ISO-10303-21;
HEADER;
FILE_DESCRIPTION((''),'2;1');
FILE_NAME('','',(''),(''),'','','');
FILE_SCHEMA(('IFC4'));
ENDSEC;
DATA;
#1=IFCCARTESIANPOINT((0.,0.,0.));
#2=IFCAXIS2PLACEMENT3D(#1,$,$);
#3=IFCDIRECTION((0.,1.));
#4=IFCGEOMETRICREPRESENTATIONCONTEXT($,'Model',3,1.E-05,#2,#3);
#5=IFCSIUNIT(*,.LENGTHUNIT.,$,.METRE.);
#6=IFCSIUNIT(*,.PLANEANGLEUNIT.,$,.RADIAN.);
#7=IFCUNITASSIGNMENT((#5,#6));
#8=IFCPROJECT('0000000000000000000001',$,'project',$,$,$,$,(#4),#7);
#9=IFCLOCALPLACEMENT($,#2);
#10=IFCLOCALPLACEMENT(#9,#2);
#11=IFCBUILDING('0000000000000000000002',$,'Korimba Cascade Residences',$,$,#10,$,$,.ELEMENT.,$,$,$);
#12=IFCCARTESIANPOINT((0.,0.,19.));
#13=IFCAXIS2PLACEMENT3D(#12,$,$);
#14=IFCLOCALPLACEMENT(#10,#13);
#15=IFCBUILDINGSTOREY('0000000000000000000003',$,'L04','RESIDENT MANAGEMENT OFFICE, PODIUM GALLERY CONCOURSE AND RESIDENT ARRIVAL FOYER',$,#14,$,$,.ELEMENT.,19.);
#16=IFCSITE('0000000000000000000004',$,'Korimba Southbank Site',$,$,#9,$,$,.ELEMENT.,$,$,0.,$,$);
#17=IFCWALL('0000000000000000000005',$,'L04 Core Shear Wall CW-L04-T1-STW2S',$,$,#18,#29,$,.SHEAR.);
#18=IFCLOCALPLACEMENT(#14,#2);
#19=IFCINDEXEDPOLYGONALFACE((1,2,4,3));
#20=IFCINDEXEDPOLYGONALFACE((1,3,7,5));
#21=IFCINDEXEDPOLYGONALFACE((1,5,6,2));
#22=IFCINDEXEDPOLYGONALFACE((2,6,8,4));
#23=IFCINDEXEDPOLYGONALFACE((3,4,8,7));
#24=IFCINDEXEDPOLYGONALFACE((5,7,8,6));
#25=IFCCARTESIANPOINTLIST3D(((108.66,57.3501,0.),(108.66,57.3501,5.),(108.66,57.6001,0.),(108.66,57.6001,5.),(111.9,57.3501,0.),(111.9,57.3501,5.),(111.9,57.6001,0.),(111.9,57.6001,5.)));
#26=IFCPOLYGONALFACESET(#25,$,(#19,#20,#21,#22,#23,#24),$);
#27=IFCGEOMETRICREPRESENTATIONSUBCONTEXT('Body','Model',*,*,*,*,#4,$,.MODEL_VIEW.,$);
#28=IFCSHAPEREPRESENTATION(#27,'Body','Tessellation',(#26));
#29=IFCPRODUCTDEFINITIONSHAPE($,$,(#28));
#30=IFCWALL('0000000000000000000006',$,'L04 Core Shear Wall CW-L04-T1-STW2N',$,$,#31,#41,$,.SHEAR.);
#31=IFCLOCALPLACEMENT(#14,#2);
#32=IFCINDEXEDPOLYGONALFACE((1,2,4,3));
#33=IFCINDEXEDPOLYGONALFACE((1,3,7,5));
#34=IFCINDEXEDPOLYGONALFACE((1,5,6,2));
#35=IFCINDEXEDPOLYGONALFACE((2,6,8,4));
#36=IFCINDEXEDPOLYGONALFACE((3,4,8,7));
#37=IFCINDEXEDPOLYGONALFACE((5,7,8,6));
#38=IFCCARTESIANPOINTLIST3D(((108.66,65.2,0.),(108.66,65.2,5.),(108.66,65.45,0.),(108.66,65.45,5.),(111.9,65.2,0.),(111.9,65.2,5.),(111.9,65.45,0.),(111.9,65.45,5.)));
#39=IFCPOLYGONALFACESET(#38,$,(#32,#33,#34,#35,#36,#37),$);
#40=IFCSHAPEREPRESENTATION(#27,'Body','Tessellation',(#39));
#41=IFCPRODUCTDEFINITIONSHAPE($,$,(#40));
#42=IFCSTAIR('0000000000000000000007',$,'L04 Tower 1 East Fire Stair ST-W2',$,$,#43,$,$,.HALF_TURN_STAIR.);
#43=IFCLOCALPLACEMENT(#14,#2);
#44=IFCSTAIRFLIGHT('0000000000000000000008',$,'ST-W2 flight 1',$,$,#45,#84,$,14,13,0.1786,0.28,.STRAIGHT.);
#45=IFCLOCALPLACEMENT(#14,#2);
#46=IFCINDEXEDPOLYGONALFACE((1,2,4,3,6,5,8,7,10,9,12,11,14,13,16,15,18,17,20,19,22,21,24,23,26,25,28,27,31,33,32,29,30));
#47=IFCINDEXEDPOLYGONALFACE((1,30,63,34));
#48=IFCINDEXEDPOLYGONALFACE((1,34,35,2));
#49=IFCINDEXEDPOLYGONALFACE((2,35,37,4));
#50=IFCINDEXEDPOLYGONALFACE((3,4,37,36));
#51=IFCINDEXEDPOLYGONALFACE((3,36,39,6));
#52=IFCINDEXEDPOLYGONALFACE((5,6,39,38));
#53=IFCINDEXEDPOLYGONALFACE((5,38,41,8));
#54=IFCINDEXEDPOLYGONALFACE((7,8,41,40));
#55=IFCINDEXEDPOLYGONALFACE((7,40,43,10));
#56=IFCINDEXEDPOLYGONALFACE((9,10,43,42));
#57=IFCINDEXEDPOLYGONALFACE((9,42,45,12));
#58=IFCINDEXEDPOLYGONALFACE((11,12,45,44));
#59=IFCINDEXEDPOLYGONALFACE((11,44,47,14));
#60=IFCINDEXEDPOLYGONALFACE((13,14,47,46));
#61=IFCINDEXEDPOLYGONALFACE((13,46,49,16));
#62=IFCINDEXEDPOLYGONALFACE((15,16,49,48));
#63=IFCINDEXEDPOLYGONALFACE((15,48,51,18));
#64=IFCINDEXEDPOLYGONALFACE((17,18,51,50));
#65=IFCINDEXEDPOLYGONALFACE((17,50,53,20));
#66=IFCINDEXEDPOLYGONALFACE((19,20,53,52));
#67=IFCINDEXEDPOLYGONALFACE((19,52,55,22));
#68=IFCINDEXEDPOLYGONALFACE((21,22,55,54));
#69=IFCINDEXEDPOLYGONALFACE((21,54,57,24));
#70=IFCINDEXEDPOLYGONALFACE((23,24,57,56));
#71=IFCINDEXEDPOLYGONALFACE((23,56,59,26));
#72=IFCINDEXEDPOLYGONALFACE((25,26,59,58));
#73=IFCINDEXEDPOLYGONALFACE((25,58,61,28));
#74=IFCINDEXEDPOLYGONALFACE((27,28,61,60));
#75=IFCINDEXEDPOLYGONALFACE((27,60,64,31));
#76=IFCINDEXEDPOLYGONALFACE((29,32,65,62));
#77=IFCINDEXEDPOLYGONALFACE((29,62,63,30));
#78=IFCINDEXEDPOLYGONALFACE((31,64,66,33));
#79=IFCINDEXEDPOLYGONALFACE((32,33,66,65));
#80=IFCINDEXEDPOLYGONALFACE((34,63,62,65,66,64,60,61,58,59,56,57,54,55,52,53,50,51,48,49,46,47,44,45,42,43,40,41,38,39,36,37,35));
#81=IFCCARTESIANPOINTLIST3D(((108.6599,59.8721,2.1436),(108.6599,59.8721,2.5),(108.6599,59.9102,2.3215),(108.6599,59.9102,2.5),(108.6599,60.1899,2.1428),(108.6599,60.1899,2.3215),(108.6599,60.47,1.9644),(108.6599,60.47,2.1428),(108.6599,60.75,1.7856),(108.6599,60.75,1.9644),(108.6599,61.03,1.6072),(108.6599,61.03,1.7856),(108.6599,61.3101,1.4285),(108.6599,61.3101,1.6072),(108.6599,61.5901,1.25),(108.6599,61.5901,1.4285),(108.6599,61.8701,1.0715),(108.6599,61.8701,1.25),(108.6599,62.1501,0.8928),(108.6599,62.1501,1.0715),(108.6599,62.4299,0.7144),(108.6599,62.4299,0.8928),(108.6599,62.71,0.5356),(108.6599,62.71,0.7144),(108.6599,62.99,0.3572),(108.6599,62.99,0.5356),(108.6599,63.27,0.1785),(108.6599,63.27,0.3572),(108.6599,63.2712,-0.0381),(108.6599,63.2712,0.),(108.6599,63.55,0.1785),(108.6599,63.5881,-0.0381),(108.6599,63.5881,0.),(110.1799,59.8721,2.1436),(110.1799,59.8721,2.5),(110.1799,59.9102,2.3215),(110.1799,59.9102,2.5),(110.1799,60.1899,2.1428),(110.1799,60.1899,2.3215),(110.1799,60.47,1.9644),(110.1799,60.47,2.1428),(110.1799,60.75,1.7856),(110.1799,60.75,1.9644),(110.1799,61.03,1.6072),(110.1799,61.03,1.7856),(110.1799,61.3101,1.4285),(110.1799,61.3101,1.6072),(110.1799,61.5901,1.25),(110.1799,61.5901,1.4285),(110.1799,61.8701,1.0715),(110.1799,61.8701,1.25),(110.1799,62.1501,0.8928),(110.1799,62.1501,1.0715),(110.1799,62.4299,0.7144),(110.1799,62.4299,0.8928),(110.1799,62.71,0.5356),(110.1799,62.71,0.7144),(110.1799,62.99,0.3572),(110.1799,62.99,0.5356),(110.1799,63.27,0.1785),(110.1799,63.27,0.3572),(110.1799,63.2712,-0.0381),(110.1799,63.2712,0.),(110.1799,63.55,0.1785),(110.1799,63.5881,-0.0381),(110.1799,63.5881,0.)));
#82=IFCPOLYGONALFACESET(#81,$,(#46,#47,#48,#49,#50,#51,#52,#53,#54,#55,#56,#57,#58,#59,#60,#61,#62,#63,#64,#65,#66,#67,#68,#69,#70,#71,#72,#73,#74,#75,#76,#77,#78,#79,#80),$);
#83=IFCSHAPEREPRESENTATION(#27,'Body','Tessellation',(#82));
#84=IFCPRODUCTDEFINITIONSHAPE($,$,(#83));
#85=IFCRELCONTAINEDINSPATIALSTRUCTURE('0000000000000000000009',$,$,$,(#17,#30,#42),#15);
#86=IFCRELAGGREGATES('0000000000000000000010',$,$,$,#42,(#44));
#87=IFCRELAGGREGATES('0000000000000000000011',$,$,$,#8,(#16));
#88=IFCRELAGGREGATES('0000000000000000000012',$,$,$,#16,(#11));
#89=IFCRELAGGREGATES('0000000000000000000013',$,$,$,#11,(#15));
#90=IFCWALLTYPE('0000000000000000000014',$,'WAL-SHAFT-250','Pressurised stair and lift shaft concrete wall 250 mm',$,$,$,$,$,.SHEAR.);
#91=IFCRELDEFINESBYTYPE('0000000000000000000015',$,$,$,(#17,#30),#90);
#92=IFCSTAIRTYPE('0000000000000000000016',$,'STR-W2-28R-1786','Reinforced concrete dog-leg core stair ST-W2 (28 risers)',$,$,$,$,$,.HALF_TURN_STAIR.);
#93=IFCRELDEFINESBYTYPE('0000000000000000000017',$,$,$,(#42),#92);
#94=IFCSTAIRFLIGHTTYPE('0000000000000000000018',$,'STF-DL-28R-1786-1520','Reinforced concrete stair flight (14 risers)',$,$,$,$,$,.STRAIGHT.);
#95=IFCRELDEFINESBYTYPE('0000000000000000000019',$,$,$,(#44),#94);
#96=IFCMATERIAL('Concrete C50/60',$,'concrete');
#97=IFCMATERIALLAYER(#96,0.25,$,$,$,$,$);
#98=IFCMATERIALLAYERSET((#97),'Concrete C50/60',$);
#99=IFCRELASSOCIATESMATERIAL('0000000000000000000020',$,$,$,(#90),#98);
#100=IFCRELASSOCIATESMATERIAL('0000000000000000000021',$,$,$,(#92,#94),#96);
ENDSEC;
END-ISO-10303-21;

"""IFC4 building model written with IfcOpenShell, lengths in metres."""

from ifc_helpers import new_model, si_unit, direction, frame, frame_2d, origin, place, context, subcontext, project, spatial, polyline, rectangle, outline, extrude, material, layer, layer_set, type_object, element, aggregate, save


model = new_model("IFC4")

# Units and contexts
model_context = context("Model", 3, precision=1e-05, world=origin(), true_north=direction((0.0, 1.0)))
body_context = subcontext(model_context, "Body", "Model", "MODEL_VIEW")
ifc_project = project(units=[si_unit("LENGTHUNIT", "METRE"), si_unit("PLANEANGLEUNIT", "RADIAN")], contexts=[model_context])

# Site, building, storey
site_placement = place(None, origin())
site = spatial("IfcSite", under=ifc_project, at=site_placement, Name="Korimba Southbank Site", CompositionType="ELEMENT", RefElevation=0.0)
building_placement = place(site_placement, origin())
building = spatial("IfcBuilding", under=site, at=building_placement, Name="Korimba Cascade Residences", CompositionType="ELEMENT")
storey_placement = place(building_placement, frame((0.0, 0.0, 19.0)))
storey = spatial("IfcBuildingStorey", under=building, at=storey_placement, Name="L04", Description="RESIDENT MANAGEMENT OFFICE, PODIUM GALLERY CONCOURSE AND RESIDENT ARRIVAL FOYER", CompositionType="ELEMENT", Elevation=19.0)

# Shared definitions
ifc_material_1 = material(Name="Concrete C50/60", Category="concrete")
ifc_layer_1 = layer(ifc_material_1, 0.25)
ifc_layer_set_1 = layer_set([ifc_layer_1], Name="Concrete C50/60")
wall_type_1 = type_object("IfcWallType", Name="WAL-SHAFT-250", Description="Pressurised stair and lift shaft concrete wall 250 mm", PredefinedType="SHEAR", material=ifc_layer_set_1)

# Walls
for number, where, z_axis, x_axis, name in (
    (1, (108.6599, 57.4751, 0.0), (0.0, 0.0, 1.0), (1.0, 0.0, 0.0), "L04 Core Shear Wall CW-L04-T1-STW2S"),
    (2, (108.6599, 65.325, 0.0), (0.0, 0.0, 1.0), (1.0, 0.0, 0.0), "L04 Core Shear Wall CW-L04-T1-STW2N"),
):
    element("IfcWall", number, at=place(storey_placement, frame(where, z_axis=z_axis, x_axis=x_axis)), inside=storey, type_object=wall_type_1, Name=name, PredefinedType="SHEAR", context=body_context, shape_type="SweptSolid", body=[
        extrude(rectangle(XDim=3.24, YDim=0.25, at=frame_2d((1.6201, 0.0))), origin(), (0.0, 0.0, 1.0), 5.0),
    ])

# Stair, stair flight
stair_type = type_object("IfcStairType", Name="STR-W2-28R-1786", Description="Reinforced concrete dog-leg core stair ST-W2 (28 risers)", PredefinedType="HALF_TURN_STAIR", material=ifc_material_1)
stair_placement = place(storey_placement, origin())
stair = element("IfcStair", 3, at=stair_placement, inside=storey, type_object=stair_type, Name="L04 Tower 1 East Fire Stair ST-W2", PredefinedType="HALF_TURN_STAIR")
stair_flight_type = type_object("IfcStairFlightType", Name="STF-DL-28R-1786-1520", Description="Reinforced concrete stair flight (14 risers)", PredefinedType="STRAIGHT", material=ifc_material_1)
stair_flight_placement = place(storey_placement, frame((109.4199, 63.55, 0.0), z_axis=(0.0, 0.0, 1.0), x_axis=(0.0, -1.0, 0.0)))
stair_flight = element("IfcStairFlight", 4, at=stair_flight_placement, type_object=stair_flight_type, Name="ST-W2 flight 1", NumberOfRisers=14, NumberOfTreads=13, PredefinedType="STRAIGHT", RiserHeight=0.1786, TreadLength=0.28, context=body_context, shape_type="SweptSolid", body=[
    extrude(outline(polyline([(-0.0381, 0.0), (0.0, 0.1785), (0.28, 0.1785), (0.28, 0.3572), (0.5601, 0.3572), (0.5601, 0.5356), (0.8401, 0.5356), (0.8401, 0.7144), (1.1201, 0.7144), (1.1201, 0.8928), (1.3999, 0.8928), (1.3999, 1.0715), (1.6799, 1.0715), (1.6799, 1.25), (1.96, 1.25), (1.96, 1.4285), (2.24, 1.4285), (2.24, 1.6072), (2.52, 1.6072), (2.52, 1.7856), (2.8, 1.7856), (2.8, 1.9644), (3.0801, 1.9644), (3.0801, 2.1428), (3.3601, 2.1428), (3.3601, 2.3215), (3.6399, 2.3215), (3.6399, 2.5), (3.678, 2.5), (3.678, 2.1436), (0.2788, 0.0), (0.2788, -0.0381), (-0.0381, -0.0381), (-0.0381, 0.0)])), frame((0.0, 0.76, 0.0), z_axis=(0.0, -1.0, 0.0), x_axis=(1.0, 0.0, 0.0)), (0.0, 0.0, 1.0), 1.52),
])
aggregate(stair, [stair_flight])

save(model, "model.ifc")
